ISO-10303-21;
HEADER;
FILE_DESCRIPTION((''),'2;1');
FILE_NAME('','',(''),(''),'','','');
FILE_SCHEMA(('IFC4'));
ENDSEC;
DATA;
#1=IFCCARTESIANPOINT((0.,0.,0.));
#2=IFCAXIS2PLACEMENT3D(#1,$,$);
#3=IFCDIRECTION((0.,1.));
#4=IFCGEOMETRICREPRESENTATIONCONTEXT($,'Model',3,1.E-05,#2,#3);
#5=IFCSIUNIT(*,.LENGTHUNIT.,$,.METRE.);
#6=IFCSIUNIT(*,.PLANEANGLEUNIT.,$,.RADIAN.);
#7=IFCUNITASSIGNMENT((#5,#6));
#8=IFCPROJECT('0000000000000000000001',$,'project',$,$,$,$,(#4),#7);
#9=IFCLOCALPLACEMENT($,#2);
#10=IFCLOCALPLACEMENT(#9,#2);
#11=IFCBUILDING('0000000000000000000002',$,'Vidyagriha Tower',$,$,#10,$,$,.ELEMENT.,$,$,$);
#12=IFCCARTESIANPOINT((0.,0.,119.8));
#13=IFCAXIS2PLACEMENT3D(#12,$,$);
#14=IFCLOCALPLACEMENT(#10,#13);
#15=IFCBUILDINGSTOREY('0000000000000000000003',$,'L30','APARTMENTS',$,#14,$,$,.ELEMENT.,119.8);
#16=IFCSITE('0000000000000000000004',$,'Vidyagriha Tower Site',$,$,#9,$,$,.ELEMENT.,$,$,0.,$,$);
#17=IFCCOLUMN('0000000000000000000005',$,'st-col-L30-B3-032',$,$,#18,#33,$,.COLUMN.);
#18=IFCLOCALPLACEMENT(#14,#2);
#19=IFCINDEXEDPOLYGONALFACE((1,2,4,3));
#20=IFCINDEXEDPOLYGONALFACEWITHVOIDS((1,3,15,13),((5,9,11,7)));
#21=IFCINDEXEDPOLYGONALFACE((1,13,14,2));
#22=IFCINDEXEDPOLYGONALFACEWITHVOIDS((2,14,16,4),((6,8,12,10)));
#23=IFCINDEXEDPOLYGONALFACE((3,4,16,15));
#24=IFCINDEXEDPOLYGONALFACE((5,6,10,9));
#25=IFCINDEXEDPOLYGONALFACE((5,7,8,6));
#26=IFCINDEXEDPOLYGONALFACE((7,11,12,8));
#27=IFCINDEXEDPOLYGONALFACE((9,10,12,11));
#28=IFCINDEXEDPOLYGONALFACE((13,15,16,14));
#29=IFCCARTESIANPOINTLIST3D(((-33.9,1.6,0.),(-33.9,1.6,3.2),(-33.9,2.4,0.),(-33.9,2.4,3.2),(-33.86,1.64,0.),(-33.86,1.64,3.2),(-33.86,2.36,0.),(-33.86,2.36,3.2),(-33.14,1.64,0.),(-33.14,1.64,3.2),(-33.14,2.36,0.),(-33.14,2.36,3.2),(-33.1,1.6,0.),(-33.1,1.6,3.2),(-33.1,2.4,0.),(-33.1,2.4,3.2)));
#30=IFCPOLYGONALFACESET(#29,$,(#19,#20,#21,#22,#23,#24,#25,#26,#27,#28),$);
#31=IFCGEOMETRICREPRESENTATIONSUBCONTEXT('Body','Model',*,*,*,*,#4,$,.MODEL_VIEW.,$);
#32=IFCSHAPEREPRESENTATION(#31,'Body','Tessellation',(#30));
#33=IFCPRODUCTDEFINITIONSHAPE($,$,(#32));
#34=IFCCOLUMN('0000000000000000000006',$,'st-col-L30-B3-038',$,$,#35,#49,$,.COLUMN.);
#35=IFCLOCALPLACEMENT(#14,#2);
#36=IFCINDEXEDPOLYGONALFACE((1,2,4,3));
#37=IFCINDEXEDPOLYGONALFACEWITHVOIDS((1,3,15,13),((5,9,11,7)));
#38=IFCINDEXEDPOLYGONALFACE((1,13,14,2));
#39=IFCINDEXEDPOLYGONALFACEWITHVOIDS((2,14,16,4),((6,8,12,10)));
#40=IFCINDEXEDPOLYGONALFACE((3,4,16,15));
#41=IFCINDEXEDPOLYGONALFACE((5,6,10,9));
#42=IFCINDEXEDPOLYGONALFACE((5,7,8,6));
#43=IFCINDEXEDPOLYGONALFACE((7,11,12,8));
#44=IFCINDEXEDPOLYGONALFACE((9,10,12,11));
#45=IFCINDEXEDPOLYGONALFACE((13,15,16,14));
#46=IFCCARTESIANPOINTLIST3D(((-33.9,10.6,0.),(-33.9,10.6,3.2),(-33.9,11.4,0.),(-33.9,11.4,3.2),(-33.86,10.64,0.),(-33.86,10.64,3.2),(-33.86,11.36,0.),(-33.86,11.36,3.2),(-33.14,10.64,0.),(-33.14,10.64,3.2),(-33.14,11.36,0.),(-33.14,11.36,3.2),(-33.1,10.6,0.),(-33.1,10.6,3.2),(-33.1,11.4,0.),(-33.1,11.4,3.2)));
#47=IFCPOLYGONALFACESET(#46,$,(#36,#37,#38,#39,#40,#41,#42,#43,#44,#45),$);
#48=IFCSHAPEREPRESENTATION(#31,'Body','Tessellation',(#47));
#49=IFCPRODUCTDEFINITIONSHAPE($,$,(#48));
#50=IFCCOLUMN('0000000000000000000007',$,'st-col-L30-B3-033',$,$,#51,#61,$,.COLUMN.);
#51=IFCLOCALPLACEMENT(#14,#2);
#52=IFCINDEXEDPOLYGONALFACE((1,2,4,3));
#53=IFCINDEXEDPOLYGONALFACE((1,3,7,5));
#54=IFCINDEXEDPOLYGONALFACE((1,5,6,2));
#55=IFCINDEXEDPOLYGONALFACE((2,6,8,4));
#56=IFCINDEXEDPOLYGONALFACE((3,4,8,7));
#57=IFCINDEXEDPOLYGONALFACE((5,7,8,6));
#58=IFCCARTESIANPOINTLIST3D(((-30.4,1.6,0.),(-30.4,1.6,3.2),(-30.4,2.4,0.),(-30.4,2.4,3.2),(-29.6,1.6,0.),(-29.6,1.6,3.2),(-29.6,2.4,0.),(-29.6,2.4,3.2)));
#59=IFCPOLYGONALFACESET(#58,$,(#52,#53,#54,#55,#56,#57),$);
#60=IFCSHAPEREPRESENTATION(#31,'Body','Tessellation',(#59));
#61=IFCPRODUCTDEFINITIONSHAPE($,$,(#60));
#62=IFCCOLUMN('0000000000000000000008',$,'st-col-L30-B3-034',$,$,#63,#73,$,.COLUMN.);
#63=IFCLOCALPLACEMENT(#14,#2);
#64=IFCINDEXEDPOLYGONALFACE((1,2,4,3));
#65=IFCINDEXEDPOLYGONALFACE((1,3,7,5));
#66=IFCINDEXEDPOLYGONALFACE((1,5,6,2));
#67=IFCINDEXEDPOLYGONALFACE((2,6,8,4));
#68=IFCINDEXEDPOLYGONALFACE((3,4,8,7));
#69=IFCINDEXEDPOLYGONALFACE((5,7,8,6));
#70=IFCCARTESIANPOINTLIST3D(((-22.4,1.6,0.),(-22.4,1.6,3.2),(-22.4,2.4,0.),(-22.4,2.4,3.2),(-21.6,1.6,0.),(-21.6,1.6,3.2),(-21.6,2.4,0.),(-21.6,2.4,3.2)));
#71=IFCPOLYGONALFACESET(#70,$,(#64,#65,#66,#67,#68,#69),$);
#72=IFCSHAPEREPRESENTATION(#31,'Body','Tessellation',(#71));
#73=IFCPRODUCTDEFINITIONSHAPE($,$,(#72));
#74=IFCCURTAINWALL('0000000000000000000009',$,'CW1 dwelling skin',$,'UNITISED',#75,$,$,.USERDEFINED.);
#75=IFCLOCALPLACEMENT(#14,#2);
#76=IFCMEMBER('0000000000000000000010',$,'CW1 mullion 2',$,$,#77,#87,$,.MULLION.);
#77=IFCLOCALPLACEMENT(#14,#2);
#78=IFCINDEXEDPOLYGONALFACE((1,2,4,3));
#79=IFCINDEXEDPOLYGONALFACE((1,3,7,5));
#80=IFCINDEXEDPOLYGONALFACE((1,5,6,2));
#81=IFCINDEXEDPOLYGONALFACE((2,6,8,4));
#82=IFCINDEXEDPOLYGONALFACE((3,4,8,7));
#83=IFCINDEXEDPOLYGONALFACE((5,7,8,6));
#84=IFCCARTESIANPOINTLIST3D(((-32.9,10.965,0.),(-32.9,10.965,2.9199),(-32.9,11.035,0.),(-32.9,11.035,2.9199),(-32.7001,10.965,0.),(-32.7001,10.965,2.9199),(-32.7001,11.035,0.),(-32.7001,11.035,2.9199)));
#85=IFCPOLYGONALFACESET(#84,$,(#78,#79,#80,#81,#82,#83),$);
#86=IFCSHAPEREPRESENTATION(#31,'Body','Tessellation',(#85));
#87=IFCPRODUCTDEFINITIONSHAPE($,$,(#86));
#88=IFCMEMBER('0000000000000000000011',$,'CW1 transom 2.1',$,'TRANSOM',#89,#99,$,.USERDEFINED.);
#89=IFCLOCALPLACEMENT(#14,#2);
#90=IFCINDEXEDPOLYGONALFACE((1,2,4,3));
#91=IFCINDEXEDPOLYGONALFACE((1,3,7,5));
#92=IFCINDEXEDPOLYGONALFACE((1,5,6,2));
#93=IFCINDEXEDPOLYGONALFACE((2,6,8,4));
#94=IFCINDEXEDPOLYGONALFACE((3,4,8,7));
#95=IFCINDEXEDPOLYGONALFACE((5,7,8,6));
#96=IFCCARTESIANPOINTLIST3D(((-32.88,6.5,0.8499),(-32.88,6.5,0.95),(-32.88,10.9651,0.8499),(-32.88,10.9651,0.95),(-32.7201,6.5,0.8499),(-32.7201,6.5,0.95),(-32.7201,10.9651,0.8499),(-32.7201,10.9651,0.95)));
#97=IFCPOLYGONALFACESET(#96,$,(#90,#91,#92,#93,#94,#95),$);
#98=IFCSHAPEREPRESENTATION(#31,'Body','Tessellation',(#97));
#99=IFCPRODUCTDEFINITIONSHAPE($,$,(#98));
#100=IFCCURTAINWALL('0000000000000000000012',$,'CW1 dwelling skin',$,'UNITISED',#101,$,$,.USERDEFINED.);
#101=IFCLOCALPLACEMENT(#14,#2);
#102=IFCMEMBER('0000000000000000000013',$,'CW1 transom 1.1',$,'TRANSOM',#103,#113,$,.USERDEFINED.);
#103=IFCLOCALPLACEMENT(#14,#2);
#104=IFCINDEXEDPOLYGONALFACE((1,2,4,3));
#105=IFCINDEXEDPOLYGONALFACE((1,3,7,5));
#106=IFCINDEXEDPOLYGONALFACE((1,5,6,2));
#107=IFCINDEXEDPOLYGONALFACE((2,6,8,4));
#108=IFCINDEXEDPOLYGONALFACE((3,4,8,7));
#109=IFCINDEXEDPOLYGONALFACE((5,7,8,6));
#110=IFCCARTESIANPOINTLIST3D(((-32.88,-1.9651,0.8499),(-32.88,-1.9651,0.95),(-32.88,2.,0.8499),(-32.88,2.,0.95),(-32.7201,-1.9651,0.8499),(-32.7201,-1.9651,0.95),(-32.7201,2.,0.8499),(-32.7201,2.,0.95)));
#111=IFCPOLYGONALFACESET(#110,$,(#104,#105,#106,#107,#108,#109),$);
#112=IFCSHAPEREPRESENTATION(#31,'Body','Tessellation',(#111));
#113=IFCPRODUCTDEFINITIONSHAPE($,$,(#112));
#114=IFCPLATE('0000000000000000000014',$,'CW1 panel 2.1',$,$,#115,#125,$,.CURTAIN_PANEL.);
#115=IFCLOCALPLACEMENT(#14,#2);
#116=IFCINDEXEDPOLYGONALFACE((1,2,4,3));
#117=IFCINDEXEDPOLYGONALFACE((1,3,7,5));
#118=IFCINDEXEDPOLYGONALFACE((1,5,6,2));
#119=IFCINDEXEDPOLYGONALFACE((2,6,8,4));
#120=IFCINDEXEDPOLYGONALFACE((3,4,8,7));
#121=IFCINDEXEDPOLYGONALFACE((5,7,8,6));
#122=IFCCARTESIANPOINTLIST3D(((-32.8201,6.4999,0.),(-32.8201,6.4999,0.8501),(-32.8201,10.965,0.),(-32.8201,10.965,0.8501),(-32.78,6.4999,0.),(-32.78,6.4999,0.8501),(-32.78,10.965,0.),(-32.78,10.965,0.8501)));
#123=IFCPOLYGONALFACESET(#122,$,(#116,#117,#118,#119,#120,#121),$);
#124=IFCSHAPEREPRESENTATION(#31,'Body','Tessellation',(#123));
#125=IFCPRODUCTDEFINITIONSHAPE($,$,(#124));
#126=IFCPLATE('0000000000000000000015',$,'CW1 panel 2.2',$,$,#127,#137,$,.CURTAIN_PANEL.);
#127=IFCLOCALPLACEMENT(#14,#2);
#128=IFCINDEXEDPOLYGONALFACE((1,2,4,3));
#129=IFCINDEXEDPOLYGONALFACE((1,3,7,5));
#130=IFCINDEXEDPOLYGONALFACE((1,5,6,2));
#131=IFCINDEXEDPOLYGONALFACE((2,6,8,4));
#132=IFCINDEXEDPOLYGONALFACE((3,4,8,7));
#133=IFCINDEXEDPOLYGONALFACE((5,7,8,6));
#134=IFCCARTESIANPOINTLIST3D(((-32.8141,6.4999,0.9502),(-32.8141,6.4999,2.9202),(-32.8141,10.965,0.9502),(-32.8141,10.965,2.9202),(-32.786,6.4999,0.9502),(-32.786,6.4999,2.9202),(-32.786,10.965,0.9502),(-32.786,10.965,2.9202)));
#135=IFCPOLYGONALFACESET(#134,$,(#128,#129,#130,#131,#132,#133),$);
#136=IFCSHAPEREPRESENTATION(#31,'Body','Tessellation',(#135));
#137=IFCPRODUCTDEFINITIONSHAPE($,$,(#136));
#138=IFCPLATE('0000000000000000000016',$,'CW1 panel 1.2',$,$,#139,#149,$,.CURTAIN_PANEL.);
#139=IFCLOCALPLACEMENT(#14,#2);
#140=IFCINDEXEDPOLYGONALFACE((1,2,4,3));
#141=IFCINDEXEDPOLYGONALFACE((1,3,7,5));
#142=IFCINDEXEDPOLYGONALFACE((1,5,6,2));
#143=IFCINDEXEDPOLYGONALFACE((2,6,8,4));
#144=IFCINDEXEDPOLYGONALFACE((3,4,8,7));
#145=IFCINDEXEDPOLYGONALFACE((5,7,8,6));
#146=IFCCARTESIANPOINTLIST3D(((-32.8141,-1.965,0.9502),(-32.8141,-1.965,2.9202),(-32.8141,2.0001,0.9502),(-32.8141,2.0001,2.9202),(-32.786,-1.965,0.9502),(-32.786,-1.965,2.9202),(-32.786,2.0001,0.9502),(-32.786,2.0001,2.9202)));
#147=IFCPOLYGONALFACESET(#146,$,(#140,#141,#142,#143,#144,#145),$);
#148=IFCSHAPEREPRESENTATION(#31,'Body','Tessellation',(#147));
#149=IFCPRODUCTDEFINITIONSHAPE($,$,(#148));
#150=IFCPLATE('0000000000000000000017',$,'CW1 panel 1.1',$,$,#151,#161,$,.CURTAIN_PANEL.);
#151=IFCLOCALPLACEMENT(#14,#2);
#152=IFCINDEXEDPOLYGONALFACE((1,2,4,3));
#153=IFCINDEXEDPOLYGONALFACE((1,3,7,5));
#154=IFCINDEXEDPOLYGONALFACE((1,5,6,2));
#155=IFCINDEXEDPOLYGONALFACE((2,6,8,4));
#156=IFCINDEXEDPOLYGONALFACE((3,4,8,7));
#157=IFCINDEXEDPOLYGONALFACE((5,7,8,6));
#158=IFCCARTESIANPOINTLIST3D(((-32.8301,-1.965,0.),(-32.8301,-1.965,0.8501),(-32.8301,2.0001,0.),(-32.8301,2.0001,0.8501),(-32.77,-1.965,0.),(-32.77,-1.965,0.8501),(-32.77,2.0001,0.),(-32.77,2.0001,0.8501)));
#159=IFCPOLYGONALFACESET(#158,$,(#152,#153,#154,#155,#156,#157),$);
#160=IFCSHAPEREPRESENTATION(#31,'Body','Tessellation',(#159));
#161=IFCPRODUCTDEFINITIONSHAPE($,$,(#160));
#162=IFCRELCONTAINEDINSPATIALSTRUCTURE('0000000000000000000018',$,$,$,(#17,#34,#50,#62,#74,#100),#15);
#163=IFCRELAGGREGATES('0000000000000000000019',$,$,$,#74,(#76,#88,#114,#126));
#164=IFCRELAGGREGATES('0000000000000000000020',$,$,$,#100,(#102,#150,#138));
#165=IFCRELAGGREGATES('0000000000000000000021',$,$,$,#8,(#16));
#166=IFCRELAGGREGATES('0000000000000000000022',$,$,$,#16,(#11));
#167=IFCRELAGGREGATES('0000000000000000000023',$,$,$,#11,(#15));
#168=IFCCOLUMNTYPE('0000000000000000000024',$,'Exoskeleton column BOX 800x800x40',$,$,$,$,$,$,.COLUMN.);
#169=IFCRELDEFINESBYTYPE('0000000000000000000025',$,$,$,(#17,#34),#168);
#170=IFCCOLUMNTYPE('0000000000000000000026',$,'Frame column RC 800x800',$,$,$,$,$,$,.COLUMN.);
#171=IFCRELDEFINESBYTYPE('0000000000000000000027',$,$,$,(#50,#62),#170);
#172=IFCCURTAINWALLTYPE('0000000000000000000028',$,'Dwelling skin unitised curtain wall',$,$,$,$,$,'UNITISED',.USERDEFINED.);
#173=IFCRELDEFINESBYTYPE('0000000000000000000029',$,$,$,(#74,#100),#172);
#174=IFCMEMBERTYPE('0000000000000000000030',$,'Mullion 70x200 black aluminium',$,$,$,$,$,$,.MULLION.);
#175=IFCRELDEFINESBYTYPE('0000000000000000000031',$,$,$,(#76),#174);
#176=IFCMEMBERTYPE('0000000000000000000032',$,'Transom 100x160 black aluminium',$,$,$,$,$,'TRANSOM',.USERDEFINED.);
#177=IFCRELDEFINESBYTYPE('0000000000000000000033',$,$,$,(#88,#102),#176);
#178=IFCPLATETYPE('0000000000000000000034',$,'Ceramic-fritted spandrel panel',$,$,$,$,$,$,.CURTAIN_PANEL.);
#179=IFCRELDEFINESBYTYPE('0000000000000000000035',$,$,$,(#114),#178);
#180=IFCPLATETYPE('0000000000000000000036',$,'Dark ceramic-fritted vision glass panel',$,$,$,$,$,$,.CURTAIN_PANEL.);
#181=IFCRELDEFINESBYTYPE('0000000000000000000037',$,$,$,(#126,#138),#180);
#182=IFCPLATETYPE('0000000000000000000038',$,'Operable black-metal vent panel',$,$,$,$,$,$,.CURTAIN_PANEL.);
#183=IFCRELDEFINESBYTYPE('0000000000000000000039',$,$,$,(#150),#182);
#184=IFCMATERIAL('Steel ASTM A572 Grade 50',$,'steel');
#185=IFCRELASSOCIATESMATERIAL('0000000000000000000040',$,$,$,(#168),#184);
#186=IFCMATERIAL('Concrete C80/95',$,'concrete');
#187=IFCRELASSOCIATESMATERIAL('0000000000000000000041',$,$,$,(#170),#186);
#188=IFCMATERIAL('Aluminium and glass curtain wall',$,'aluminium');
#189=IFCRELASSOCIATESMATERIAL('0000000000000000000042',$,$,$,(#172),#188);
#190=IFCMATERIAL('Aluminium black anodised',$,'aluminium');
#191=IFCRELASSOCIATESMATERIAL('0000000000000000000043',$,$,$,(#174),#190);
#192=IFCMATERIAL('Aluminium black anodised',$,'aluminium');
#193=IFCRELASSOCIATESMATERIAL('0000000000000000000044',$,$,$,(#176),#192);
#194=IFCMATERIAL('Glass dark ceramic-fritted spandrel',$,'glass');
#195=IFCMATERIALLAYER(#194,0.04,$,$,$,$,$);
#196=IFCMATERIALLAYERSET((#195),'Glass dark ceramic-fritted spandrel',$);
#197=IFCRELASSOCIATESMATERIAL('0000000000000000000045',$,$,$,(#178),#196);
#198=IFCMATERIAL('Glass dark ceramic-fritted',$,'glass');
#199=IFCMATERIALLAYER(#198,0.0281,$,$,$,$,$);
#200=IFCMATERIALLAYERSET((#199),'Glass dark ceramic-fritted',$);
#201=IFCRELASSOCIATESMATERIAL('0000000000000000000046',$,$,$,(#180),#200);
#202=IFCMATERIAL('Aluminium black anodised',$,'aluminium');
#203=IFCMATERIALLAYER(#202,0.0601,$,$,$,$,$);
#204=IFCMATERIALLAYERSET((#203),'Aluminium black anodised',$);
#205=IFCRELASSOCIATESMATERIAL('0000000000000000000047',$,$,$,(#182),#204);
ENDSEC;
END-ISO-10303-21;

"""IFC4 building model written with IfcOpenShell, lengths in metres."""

from ifc_helpers import new_model, si_unit, direction, frame, origin, origin_2d, place, context, subcontext, project, spatial, rectangle, hollow_rectangle, extrude, material, layer, layer_set, material_profile, profile_set, type_object, element, aggregate, save


model = new_model("IFC4")

# Units and contexts
model_context = context("Model", 3, precision=1e-05, world=origin(), true_north=direction((0.0, 1.0)))
body_context = subcontext(model_context, "Body", "Model", "MODEL_VIEW")
ifc_project = project(units=[si_unit("LENGTHUNIT", "METRE"), si_unit("PLANEANGLEUNIT", "RADIAN")], contexts=[model_context])

# Site, building, storey
site_placement = place(None, origin())
site = spatial("IfcSite", under=ifc_project, at=site_placement, Name="Vidyagriha Tower Site", CompositionType="ELEMENT", RefElevation=0.0)
building_placement = place(site_placement, origin())
building = spatial("IfcBuilding", under=site, at=building_placement, Name="Vidyagriha Tower", CompositionType="ELEMENT")
storey_placement = place(building_placement, frame((0.0, 0.0, 119.8)))
storey = spatial("IfcBuildingStorey", under=building, at=storey_placement, Name="L30", Description="APARTMENTS", CompositionType="ELEMENT", Elevation=119.8)

# Columns
ifc_material_1 = material(Name="Steel ASTM A572 Grade 50", Category="steel")
ifc_material_profile_1 = material_profile(ifc_material_1, hollow_rectangle(XDim=0.8, YDim=0.8, WallThickness=0.04, at=origin_2d()), Name="BOX 800x800x40")
ifc_profile_set_1 = profile_set([ifc_material_profile_1], Name="Steel ASTM A572 Grade 50")
column_type_1 = type_object("IfcColumnType", Name="Exoskeleton column BOX 800x800x40", PredefinedType="COLUMN", material=ifc_profile_set_1)
for number, where, name in (
    (1, (-33.5, 2.0, 0.0), "st-col-L30-B3-032"),
    (2, (-33.5, 11.0, 0.0), "st-col-L30-B3-038"),
):
    element("IfcColumn", number, at=place(storey_placement, frame(where)), inside=storey, type_object=column_type_1, Name=name, PredefinedType="COLUMN", context=body_context, shape_type="SweptSolid", body=[
        extrude(hollow_rectangle(XDim=0.8, YDim=0.8, WallThickness=0.04, at=origin_2d()), origin(), (0.0, 0.0, 1.0), 3.2),
    ])
ifc_material_2 = material(Name="Concrete C80/95", Category="concrete")
ifc_material_profile_2 = material_profile(ifc_material_2, rectangle(XDim=0.8, YDim=0.8, at=origin_2d()), Name="RC 800x800")
ifc_profile_set_2 = profile_set([ifc_material_profile_2], Name="Concrete C80/95")
column_type_2 = type_object("IfcColumnType", Name="Frame column RC 800x800", PredefinedType="COLUMN", material=ifc_profile_set_2)
for number, where, name in (
    (3, (-30.0, 2.0, 0.0), "st-col-L30-B3-033"),
    (4, (-22.0, 2.0, 0.0), "st-col-L30-B3-034"),
):
    element("IfcColumn", number, at=place(storey_placement, frame(where)), inside=storey, type_object=column_type_2, Name=name, PredefinedType="COLUMN", context=body_context, shape_type="SweptSolid", body=[
        extrude(rectangle(XDim=0.8, YDim=0.8, at=origin_2d()), origin(), (0.0, 0.0, 1.0), 3.2),
    ])

# Curtain wall, members
ifc_material_3 = material(Name="Aluminium and glass curtain wall", Category="aluminium")
curtain_wall_type = type_object("IfcCurtainWallType", Name="Dwelling skin unitised curtain wall", ElementType="UNITISED", PredefinedType="USERDEFINED", material=ifc_material_3)
curtain_wall_1_placement = place(storey_placement, origin())
curtain_wall_1 = element("IfcCurtainWall", 5, at=curtain_wall_1_placement, inside=storey, type_object=curtain_wall_type, Name="CW1 dwelling skin", ObjectType="UNITISED", PredefinedType="USERDEFINED")
ifc_material_4 = material(Name="Aluminium black anodised", Category="aluminium")
ifc_material_profile_3 = material_profile(ifc_material_4, rectangle(XDim=0.2, YDim=0.0701, at=origin_2d()), Name="Mullion 70x200 black aluminium")
ifc_profile_set_3 = profile_set([ifc_material_profile_3], Name="Aluminium black anodised")
member_type_1 = type_object("IfcMemberType", Name="Mullion 70x200 black aluminium", PredefinedType="MULLION", material=ifc_profile_set_3)
member_1_placement = place(storey_placement, frame((-32.8, 11.0, 0.0)))
member_1 = element("IfcMember", 6, at=member_1_placement, type_object=member_type_1, Name="CW1 mullion 2", PredefinedType="MULLION", context=body_context, shape_type="SweptSolid", body=[
    extrude(rectangle(XDim=0.2, YDim=0.0701, at=origin_2d()), origin(), (0.0, 0.0, 1.0), 2.9199),
])
ifc_material_5 = material(Name="Aluminium black anodised", Category="aluminium")
ifc_material_profile_4 = material_profile(ifc_material_5, rectangle(XDim=0.1599, YDim=0.1001, at=origin_2d()), Name="Transom 100x160 black aluminium")
ifc_profile_set_4 = profile_set([ifc_material_profile_4], Name="Aluminium black anodised")
member_type_2 = type_object("IfcMemberType", Name="Transom 100x160 black aluminium", ElementType="TRANSOM", PredefinedType="USERDEFINED", material=ifc_profile_set_4)
member_2_placement = place(storey_placement, frame((-32.8, 10.9651, 0.8999), z_axis=(0.0, -1.0, 0.0), x_axis=(1.0, 0.0, 0.0)))
member_2 = element("IfcMember", 7, at=member_2_placement, type_object=member_type_2, Name="CW1 transom 2.1", ObjectType="TRANSOM", PredefinedType="USERDEFINED", context=body_context, shape_type="SweptSolid", body=[
    extrude(rectangle(XDim=0.1599, YDim=0.1001, at=origin_2d()), origin(), (0.0, 0.0, 1.0), 4.4651),
])

# Curtain wall, member
curtain_wall_2_placement = place(storey_placement, origin())
curtain_wall_2 = element("IfcCurtainWall", 8, at=curtain_wall_2_placement, inside=storey, type_object=curtain_wall_type, Name="CW1 dwelling skin", ObjectType="UNITISED", PredefinedType="USERDEFINED")
member_3_placement = place(storey_placement, frame((-32.8, 2.0, 0.8999), z_axis=(0.0, -1.0, 0.0), x_axis=(1.0, 0.0, 0.0)))
member_3 = element("IfcMember", 9, at=member_3_placement, type_object=member_type_2, Name="CW1 transom 1.1", ObjectType="TRANSOM", PredefinedType="USERDEFINED", context=body_context, shape_type="SweptSolid", body=[
    extrude(rectangle(XDim=0.1599, YDim=0.1001, at=origin_2d()), origin(), (0.0, 0.0, 1.0), 3.9651),
])

# Plates
ifc_material_6 = material(Name="Glass dark ceramic-fritted spandrel", Category="glass")
ifc_layer_1 = layer(ifc_material_6, 0.04)
ifc_layer_set_1 = layer_set([ifc_layer_1], Name="Glass dark ceramic-fritted spandrel")
plate_type_1 = type_object("IfcPlateType", Name="Ceramic-fritted spandrel panel", PredefinedType="CURTAIN_PANEL", material=ifc_layer_set_1)
plate_1_placement = place(storey_placement, frame((-32.8, 8.7324, 0.0), z_axis=(0.0, 0.0, 1.0), x_axis=(0.0, -1.0, 0.0)))
plate_1 = element("IfcPlate", 10, at=plate_1_placement, type_object=plate_type_1, Name="CW1 panel 2.1", PredefinedType="CURTAIN_PANEL", context=body_context, shape_type="SweptSolid", body=[
    extrude(rectangle(XDim=4.4651, YDim=0.04, at=origin_2d()), origin(), (0.0, 0.0, 1.0), 0.8501),
])
ifc_material_7 = material(Name="Glass dark ceramic-fritted", Category="glass")
ifc_layer_2 = layer(ifc_material_7, 0.0281)
ifc_layer_set_2 = layer_set([ifc_layer_2], Name="Glass dark ceramic-fritted")
plate_type_2 = type_object("IfcPlateType", Name="Dark ceramic-fritted vision glass panel", PredefinedType="CURTAIN_PANEL", material=ifc_layer_set_2)
plate_2_placement = place(storey_placement, frame((-32.8, 8.7324, 0.9502), z_axis=(0.0, 0.0, 1.0), x_axis=(0.0, -1.0, 0.0)))
plate_2 = element("IfcPlate", 11, at=plate_2_placement, type_object=plate_type_2, Name="CW1 panel 2.2", PredefinedType="CURTAIN_PANEL", context=body_context, shape_type="SweptSolid", body=[
    extrude(rectangle(XDim=4.4651, YDim=0.0281, at=origin_2d()), origin(), (0.0, 0.0, 1.0), 1.97),
])
aggregate(curtain_wall_1, [member_1, member_2, plate_1, plate_2])
plate_3_placement = place(storey_placement, frame((-32.8, 0.0176, 0.9502), z_axis=(0.0, 0.0, 1.0), x_axis=(0.0, -1.0, 0.0)))
plate_3 = element("IfcPlate", 12, at=plate_3_placement, type_object=plate_type_2, Name="CW1 panel 1.2", PredefinedType="CURTAIN_PANEL", context=body_context, shape_type="SweptSolid", body=[
    extrude(rectangle(XDim=3.9651, YDim=0.0281, at=origin_2d()), origin(), (0.0, 0.0, 1.0), 1.97),
])
ifc_material_8 = material(Name="Aluminium black anodised", Category="aluminium")
ifc_layer_3 = layer(ifc_material_8, 0.0601)
ifc_layer_set_3 = layer_set([ifc_layer_3], Name="Aluminium black anodised")
plate_type_3 = type_object("IfcPlateType", Name="Operable black-metal vent panel", PredefinedType="CURTAIN_PANEL", material=ifc_layer_set_3)
plate_4_placement = place(storey_placement, frame((-32.8, 0.0176, 0.0), z_axis=(0.0, 0.0, 1.0), x_axis=(0.0, -1.0, 0.0)))
plate_4 = element("IfcPlate", 13, at=plate_4_placement, type_object=plate_type_3, Name="CW1 panel 1.1", PredefinedType="CURTAIN_PANEL", context=body_context, shape_type="SweptSolid", body=[
    extrude(rectangle(XDim=3.9651, YDim=0.0601, at=origin_2d()), origin(), (0.0, 0.0, 1.0), 0.8501),
])
aggregate(curtain_wall_2, [member_3, plate_4, plate_3])

save(model, "model.ifc")
